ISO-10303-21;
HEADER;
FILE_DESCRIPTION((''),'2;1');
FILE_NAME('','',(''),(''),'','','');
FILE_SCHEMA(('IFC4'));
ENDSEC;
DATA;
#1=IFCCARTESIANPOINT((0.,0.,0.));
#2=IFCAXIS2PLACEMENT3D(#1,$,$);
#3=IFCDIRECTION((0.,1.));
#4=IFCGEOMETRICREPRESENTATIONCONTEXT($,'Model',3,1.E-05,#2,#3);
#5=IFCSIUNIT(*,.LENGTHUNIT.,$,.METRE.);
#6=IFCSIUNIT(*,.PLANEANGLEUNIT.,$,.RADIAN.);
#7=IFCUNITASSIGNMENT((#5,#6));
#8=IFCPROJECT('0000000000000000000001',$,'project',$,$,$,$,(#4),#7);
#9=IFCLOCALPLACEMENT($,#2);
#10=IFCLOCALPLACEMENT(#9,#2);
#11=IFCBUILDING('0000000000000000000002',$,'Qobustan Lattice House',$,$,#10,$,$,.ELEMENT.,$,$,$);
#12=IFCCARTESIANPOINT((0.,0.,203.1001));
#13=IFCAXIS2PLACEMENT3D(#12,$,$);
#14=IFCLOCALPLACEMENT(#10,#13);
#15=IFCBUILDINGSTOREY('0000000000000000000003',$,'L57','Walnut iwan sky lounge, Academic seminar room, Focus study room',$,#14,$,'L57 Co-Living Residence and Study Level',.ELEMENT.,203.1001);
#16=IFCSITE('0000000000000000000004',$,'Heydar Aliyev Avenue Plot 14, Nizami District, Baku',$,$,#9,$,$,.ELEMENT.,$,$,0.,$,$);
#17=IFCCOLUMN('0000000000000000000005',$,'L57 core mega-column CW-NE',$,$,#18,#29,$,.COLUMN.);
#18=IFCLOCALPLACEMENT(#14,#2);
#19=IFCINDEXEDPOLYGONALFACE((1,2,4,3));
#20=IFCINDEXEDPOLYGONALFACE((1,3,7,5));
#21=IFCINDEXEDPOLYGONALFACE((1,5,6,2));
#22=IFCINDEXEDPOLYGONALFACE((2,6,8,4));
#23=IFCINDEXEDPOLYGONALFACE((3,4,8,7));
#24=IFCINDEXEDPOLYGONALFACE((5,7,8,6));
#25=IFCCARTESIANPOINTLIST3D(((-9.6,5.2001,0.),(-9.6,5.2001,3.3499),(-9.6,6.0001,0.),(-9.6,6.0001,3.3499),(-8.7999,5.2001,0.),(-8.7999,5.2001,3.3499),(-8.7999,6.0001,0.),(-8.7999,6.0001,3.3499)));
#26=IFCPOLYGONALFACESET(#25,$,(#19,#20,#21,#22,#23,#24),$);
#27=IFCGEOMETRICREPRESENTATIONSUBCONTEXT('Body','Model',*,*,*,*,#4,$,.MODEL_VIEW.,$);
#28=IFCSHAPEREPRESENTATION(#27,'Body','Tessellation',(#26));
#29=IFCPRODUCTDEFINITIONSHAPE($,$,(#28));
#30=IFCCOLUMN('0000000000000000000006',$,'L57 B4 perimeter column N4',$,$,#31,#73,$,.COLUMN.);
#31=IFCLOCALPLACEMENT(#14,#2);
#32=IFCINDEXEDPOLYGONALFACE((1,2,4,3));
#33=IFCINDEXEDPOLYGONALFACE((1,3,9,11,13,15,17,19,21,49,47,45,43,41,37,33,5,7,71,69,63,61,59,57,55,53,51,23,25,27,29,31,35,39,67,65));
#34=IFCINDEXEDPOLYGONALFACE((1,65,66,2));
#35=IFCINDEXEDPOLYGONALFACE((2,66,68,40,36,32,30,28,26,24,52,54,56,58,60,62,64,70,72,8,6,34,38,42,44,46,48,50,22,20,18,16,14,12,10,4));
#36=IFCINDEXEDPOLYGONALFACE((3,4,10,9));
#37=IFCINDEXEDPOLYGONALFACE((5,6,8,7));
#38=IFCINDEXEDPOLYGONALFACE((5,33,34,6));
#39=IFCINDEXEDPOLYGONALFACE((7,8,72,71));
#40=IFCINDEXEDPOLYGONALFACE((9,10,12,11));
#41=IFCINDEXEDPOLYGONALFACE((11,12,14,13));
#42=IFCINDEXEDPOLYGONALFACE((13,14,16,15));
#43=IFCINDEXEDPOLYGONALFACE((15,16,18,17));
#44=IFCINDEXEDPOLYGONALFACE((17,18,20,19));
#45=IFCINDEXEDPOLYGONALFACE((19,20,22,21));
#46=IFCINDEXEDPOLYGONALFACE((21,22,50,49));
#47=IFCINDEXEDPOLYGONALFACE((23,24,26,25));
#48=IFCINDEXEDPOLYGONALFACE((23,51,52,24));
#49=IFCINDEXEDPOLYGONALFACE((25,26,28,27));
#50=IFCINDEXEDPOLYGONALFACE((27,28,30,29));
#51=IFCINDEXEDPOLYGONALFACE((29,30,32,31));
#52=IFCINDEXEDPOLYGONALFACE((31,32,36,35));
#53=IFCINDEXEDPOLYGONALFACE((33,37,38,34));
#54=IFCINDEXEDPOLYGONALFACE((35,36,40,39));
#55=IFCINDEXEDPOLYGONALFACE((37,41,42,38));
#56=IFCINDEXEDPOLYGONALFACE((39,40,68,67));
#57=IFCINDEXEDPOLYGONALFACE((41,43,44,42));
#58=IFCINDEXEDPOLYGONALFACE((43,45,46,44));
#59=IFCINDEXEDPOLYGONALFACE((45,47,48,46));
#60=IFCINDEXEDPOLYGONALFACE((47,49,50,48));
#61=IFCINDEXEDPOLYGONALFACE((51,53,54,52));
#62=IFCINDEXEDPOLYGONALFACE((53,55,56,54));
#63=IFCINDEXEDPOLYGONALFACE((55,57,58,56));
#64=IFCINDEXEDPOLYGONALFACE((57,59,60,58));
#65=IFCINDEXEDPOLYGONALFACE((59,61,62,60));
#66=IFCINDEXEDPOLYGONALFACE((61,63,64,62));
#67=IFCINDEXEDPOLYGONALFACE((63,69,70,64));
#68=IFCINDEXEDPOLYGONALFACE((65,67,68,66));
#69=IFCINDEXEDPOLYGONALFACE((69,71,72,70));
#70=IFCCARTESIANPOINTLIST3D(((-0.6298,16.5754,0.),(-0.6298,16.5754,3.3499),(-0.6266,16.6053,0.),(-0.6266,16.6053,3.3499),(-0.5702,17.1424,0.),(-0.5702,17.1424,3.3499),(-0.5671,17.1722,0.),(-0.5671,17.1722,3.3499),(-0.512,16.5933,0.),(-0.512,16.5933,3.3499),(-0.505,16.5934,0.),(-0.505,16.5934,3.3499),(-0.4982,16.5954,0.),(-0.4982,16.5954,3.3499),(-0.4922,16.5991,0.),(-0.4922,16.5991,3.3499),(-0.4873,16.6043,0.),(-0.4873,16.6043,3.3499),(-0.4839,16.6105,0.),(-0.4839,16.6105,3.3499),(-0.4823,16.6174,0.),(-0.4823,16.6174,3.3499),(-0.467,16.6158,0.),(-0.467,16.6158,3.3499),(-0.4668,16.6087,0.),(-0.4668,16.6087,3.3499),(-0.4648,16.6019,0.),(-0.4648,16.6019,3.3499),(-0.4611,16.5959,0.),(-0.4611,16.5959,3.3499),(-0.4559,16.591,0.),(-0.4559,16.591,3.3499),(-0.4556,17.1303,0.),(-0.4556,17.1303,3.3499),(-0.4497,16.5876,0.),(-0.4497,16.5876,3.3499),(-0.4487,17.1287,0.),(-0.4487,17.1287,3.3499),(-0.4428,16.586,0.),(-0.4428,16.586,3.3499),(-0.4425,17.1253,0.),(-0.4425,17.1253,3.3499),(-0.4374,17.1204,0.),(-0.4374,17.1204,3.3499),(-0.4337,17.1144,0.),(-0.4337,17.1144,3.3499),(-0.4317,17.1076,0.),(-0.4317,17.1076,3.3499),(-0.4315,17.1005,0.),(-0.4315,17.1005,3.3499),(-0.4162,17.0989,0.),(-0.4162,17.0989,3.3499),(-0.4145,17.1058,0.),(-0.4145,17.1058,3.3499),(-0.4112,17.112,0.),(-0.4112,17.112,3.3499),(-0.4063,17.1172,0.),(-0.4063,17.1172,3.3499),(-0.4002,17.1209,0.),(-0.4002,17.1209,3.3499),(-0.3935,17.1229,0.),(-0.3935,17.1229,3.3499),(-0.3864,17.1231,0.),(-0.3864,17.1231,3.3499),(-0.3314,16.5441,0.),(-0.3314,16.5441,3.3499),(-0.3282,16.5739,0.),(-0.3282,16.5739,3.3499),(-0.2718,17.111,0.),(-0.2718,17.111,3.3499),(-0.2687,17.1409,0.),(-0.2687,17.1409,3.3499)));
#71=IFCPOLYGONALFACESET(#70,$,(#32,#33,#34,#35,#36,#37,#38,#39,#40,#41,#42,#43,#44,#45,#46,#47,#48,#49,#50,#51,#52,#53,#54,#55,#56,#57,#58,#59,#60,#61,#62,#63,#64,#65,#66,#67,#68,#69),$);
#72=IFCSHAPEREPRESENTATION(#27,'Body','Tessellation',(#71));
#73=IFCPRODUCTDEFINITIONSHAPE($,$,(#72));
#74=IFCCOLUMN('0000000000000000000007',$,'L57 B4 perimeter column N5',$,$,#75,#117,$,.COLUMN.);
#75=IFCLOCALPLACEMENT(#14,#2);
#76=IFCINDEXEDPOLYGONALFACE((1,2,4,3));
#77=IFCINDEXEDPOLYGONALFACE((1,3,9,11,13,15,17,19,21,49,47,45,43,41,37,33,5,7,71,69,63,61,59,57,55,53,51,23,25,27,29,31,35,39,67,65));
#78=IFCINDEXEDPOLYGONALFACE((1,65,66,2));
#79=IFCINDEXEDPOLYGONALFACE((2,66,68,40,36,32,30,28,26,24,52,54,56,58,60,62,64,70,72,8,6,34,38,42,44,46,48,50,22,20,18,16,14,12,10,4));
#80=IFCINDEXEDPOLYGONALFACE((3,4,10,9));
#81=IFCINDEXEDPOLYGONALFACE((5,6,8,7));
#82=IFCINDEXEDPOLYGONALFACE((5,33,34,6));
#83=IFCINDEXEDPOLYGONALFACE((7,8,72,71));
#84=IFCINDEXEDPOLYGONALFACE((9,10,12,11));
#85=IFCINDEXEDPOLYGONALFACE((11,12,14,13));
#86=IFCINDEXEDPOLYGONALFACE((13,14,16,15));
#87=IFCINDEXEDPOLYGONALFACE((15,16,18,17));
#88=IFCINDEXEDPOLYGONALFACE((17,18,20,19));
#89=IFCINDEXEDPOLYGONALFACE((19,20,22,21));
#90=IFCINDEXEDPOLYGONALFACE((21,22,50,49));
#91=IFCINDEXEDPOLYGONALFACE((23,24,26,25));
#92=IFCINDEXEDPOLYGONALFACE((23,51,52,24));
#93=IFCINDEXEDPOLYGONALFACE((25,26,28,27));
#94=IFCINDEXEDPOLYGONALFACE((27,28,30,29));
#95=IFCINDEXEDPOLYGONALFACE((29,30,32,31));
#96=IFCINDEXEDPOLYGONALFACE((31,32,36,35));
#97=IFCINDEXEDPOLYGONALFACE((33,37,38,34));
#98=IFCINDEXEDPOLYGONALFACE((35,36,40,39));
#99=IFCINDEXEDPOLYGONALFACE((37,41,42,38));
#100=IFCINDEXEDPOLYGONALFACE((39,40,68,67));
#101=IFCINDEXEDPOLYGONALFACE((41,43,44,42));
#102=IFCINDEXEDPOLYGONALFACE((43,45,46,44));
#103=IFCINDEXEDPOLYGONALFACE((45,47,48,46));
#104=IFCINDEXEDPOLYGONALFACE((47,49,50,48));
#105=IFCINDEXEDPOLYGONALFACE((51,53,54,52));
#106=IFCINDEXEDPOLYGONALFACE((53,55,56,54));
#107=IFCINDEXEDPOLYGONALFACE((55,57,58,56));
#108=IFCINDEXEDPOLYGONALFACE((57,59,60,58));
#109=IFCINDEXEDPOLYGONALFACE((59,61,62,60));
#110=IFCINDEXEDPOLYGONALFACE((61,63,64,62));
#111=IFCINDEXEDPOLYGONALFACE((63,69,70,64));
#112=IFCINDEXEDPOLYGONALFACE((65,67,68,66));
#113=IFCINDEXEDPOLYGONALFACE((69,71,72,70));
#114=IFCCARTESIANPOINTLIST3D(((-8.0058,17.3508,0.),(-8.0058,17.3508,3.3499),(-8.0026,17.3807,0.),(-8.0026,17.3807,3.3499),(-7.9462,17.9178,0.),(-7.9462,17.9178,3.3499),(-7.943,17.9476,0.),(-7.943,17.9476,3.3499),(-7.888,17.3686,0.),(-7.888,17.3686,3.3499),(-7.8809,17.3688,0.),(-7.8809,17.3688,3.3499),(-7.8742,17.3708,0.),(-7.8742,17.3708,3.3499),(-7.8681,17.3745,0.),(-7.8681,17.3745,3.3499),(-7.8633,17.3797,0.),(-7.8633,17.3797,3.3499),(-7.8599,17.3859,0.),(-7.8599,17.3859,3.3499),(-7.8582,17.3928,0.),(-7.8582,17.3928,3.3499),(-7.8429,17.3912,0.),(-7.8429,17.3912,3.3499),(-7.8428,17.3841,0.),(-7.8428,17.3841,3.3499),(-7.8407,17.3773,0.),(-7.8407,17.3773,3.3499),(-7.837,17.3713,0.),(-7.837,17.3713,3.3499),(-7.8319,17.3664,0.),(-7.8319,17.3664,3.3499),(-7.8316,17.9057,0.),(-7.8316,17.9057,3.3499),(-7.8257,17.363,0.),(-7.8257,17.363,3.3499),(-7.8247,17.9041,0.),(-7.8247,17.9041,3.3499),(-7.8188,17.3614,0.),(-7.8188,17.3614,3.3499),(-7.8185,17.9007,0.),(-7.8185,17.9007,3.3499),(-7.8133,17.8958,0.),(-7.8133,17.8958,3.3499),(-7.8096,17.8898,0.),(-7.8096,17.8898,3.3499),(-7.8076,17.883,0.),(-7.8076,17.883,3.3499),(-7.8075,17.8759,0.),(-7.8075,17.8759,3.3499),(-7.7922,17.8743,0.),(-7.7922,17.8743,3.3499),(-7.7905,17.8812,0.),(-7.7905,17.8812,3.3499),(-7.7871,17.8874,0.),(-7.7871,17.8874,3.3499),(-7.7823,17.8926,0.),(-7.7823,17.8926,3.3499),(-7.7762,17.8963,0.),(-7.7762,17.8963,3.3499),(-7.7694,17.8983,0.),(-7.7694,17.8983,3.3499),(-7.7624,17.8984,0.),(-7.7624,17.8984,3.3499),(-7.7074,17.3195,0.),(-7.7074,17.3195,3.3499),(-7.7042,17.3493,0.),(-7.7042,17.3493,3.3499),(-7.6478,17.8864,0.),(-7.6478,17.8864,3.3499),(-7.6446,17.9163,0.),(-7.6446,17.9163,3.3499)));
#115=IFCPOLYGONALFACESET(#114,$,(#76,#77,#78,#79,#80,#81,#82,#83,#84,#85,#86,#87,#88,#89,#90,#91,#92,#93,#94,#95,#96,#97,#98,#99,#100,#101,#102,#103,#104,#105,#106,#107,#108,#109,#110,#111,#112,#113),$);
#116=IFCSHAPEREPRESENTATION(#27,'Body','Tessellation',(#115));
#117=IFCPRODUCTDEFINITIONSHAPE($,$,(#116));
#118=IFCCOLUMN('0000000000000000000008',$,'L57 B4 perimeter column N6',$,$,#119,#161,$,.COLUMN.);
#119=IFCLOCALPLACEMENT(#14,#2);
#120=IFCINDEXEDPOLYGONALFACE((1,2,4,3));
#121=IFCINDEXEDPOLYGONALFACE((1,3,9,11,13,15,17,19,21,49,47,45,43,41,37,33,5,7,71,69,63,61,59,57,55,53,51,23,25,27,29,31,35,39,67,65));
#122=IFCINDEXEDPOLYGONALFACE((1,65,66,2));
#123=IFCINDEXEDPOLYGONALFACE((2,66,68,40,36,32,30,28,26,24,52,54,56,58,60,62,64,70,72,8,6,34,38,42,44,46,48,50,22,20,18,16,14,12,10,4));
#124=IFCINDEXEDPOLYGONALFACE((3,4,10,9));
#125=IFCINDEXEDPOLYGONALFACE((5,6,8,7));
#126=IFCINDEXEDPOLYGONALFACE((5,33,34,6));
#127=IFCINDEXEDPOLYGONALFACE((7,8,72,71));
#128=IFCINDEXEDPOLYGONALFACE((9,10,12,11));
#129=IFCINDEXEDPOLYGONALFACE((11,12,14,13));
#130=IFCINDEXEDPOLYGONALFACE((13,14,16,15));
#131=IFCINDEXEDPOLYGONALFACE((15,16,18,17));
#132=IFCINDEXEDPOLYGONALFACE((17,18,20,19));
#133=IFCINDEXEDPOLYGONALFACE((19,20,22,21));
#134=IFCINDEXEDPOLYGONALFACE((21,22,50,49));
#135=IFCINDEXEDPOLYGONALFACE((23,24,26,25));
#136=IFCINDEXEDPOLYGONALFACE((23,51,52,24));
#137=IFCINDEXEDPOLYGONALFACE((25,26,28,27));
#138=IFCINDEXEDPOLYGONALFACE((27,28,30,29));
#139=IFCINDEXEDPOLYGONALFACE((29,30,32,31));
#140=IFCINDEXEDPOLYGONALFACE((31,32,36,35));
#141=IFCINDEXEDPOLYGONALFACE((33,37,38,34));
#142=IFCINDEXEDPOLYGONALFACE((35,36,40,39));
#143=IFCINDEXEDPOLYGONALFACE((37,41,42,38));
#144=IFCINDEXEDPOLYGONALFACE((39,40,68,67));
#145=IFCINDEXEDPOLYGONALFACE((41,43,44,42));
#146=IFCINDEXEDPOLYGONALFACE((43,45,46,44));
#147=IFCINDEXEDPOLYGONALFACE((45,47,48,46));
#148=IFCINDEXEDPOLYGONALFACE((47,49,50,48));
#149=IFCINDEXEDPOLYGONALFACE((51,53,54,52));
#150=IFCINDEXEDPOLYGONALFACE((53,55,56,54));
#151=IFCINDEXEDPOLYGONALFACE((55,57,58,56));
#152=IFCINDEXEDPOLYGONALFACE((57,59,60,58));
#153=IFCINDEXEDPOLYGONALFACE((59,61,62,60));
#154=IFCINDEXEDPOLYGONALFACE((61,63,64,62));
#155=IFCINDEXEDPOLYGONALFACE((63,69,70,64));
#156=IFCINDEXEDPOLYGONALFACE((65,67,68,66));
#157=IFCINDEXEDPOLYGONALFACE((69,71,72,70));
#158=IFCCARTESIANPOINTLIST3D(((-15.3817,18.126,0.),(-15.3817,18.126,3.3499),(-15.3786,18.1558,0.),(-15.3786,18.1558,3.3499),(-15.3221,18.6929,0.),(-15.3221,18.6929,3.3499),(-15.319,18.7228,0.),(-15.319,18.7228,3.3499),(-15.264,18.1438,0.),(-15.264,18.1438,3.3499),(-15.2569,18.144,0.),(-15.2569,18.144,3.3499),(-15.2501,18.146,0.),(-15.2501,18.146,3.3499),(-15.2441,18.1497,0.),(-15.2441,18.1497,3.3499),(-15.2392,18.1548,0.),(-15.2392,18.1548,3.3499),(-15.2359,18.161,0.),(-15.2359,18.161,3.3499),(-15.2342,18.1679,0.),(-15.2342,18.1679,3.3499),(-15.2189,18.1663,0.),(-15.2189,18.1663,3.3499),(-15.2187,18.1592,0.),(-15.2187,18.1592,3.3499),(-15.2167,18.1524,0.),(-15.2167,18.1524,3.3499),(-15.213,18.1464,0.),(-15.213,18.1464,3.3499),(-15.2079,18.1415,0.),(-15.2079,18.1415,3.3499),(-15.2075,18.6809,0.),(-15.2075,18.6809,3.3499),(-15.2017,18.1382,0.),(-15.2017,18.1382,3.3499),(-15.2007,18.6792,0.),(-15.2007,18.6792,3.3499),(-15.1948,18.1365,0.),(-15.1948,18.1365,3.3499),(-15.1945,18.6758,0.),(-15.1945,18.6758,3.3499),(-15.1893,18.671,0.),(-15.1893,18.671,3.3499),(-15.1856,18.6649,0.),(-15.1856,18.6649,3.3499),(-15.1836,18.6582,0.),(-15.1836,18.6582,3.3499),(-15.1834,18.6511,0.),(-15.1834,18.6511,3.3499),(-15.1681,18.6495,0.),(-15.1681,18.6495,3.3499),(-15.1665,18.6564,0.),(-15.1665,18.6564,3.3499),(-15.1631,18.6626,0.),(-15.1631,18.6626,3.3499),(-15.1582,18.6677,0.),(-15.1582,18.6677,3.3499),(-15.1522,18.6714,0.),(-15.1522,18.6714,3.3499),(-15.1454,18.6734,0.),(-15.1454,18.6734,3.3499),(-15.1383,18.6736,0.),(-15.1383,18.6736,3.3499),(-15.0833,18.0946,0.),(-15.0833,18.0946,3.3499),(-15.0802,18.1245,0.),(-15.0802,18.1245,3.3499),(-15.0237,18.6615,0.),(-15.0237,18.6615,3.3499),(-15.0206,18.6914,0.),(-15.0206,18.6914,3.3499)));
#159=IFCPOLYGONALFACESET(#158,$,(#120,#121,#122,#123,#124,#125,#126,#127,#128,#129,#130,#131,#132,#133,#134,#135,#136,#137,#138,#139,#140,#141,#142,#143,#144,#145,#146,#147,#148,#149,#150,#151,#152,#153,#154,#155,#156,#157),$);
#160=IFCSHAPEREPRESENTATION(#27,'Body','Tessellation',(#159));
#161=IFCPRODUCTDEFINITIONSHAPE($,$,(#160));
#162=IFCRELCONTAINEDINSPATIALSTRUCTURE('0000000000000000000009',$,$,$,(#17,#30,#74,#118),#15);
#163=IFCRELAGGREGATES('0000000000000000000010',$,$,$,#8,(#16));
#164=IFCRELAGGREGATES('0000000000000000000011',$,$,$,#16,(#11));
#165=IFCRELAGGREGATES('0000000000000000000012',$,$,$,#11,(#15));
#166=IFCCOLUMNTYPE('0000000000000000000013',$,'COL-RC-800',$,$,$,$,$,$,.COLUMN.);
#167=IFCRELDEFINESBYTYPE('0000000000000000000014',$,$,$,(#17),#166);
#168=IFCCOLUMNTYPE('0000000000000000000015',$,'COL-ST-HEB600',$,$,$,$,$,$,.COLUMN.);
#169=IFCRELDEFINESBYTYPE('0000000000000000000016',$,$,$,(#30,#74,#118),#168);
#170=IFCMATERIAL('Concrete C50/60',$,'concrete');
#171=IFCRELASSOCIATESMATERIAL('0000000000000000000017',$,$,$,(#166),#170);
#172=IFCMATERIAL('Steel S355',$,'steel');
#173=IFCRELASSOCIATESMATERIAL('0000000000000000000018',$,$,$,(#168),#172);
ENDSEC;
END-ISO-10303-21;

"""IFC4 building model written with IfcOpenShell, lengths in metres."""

from ifc_helpers import new_model, si_unit, direction, frame, origin, origin_2d, place, context, subcontext, project, spatial, rectangle, i_section, extrude, material, material_profile, profile_set, type_object, element, save


model = new_model("IFC4")

# Units and contexts
model_context = context("Model", 3, precision=1e-05, world=origin(), true_north=direction((0.0, 1.0)))
body_context = subcontext(model_context, "Body", "Model", "MODEL_VIEW")
ifc_project = project(units=[si_unit("LENGTHUNIT", "METRE"), si_unit("PLANEANGLEUNIT", "RADIAN")], contexts=[model_context])

# Site, building, storey
site_placement = place(None, origin())
site = spatial("IfcSite", under=ifc_project, at=site_placement, Name="Heydar Aliyev Avenue Plot 14, Nizami District, Baku", CompositionType="ELEMENT", RefElevation=0.0)
building_placement = place(site_placement, origin())
building = spatial("IfcBuilding", under=site, at=building_placement, Name="Qobustan Lattice House", CompositionType="ELEMENT")
storey_placement = place(building_placement, frame((0.0, 0.0, 203.1001)))
storey = spatial("IfcBuildingStorey", under=building, at=storey_placement, Name="L57", Description="Walnut iwan sky lounge, Academic seminar room, Focus study room", LongName="L57 Co-Living Residence and Study Level", CompositionType="ELEMENT", Elevation=203.1001)

# Columns
ifc_material_1 = material(Name="Concrete C50/60", Category="concrete")
ifc_material_profile_1 = material_profile(ifc_material_1, rectangle(XDim=0.8, YDim=0.8, at=origin_2d()), Name="RC800x800")
ifc_profile_set_1 = profile_set([ifc_material_profile_1], Name="Concrete C50/60")
column_type_1 = type_object("IfcColumnType", Name="COL-RC-800", PredefinedType="COLUMN", material=ifc_profile_set_1)
column_placement = place(storey_placement, frame((-9.2, 5.6001, 0.0), z_axis=(0.0, 0.0, 1.0), x_axis=(1.0, 0.0, 0.0)))
element("IfcColumn", 1, at=column_placement, inside=storey, type_object=column_type_1, Name="L57 core mega-column CW-NE", PredefinedType="COLUMN", context=body_context, shape_type="SweptSolid", body=[
    extrude(rectangle(XDim=0.8, YDim=0.8, at=origin_2d()), origin(), (0.0, 0.0, 1.0), 3.3499),
])
ifc_material_2 = material(Name="Steel S355", Category="steel")
ifc_material_profile_2 = material_profile(ifc_material_2, i_section(OverallWidth=0.3, OverallDepth=0.6001, WebThickness=0.0154, FlangeThickness=0.03, FilletRadius=0.0271, at=origin_2d()), Name="HEB600")
ifc_profile_set_2 = profile_set([ifc_material_profile_2], Name="Steel S355")
column_type_2 = type_object("IfcColumnType", Name="COL-ST-HEB600", PredefinedType="COLUMN", material=ifc_profile_set_2)
for number, where, z_axis, x_axis, name in (
    (2, (-0.4492, 16.8582, 0.0), (0.0, 0.0, 1.0), (0.994522, -0.104528, 0.0), "L57 B4 perimeter column N4"),
    (3, (-7.8252, 17.6335, 0.0), (0.0, 0.0, 1.0), (0.994522, -0.104528, 0.0), "L57 B4 perimeter column N5"),
    (4, (-15.2012, 18.4087, 0.0), (0.0, 0.0, 1.0), (0.994522, -0.104528, 0.0), "L57 B4 perimeter column N6"),
):
    element("IfcColumn", number, at=place(storey_placement, frame(where, z_axis=z_axis, x_axis=x_axis)), inside=storey, type_object=column_type_2, Name=name, PredefinedType="COLUMN", context=body_context, shape_type="SweptSolid", body=[
        extrude(i_section(OverallWidth=0.3, OverallDepth=0.6001, WebThickness=0.0154, FlangeThickness=0.03, FilletRadius=0.0271, at=origin_2d()), origin(), (0.0, 0.0, 1.0), 3.3499),
    ])

save(model, "model.ifc")
